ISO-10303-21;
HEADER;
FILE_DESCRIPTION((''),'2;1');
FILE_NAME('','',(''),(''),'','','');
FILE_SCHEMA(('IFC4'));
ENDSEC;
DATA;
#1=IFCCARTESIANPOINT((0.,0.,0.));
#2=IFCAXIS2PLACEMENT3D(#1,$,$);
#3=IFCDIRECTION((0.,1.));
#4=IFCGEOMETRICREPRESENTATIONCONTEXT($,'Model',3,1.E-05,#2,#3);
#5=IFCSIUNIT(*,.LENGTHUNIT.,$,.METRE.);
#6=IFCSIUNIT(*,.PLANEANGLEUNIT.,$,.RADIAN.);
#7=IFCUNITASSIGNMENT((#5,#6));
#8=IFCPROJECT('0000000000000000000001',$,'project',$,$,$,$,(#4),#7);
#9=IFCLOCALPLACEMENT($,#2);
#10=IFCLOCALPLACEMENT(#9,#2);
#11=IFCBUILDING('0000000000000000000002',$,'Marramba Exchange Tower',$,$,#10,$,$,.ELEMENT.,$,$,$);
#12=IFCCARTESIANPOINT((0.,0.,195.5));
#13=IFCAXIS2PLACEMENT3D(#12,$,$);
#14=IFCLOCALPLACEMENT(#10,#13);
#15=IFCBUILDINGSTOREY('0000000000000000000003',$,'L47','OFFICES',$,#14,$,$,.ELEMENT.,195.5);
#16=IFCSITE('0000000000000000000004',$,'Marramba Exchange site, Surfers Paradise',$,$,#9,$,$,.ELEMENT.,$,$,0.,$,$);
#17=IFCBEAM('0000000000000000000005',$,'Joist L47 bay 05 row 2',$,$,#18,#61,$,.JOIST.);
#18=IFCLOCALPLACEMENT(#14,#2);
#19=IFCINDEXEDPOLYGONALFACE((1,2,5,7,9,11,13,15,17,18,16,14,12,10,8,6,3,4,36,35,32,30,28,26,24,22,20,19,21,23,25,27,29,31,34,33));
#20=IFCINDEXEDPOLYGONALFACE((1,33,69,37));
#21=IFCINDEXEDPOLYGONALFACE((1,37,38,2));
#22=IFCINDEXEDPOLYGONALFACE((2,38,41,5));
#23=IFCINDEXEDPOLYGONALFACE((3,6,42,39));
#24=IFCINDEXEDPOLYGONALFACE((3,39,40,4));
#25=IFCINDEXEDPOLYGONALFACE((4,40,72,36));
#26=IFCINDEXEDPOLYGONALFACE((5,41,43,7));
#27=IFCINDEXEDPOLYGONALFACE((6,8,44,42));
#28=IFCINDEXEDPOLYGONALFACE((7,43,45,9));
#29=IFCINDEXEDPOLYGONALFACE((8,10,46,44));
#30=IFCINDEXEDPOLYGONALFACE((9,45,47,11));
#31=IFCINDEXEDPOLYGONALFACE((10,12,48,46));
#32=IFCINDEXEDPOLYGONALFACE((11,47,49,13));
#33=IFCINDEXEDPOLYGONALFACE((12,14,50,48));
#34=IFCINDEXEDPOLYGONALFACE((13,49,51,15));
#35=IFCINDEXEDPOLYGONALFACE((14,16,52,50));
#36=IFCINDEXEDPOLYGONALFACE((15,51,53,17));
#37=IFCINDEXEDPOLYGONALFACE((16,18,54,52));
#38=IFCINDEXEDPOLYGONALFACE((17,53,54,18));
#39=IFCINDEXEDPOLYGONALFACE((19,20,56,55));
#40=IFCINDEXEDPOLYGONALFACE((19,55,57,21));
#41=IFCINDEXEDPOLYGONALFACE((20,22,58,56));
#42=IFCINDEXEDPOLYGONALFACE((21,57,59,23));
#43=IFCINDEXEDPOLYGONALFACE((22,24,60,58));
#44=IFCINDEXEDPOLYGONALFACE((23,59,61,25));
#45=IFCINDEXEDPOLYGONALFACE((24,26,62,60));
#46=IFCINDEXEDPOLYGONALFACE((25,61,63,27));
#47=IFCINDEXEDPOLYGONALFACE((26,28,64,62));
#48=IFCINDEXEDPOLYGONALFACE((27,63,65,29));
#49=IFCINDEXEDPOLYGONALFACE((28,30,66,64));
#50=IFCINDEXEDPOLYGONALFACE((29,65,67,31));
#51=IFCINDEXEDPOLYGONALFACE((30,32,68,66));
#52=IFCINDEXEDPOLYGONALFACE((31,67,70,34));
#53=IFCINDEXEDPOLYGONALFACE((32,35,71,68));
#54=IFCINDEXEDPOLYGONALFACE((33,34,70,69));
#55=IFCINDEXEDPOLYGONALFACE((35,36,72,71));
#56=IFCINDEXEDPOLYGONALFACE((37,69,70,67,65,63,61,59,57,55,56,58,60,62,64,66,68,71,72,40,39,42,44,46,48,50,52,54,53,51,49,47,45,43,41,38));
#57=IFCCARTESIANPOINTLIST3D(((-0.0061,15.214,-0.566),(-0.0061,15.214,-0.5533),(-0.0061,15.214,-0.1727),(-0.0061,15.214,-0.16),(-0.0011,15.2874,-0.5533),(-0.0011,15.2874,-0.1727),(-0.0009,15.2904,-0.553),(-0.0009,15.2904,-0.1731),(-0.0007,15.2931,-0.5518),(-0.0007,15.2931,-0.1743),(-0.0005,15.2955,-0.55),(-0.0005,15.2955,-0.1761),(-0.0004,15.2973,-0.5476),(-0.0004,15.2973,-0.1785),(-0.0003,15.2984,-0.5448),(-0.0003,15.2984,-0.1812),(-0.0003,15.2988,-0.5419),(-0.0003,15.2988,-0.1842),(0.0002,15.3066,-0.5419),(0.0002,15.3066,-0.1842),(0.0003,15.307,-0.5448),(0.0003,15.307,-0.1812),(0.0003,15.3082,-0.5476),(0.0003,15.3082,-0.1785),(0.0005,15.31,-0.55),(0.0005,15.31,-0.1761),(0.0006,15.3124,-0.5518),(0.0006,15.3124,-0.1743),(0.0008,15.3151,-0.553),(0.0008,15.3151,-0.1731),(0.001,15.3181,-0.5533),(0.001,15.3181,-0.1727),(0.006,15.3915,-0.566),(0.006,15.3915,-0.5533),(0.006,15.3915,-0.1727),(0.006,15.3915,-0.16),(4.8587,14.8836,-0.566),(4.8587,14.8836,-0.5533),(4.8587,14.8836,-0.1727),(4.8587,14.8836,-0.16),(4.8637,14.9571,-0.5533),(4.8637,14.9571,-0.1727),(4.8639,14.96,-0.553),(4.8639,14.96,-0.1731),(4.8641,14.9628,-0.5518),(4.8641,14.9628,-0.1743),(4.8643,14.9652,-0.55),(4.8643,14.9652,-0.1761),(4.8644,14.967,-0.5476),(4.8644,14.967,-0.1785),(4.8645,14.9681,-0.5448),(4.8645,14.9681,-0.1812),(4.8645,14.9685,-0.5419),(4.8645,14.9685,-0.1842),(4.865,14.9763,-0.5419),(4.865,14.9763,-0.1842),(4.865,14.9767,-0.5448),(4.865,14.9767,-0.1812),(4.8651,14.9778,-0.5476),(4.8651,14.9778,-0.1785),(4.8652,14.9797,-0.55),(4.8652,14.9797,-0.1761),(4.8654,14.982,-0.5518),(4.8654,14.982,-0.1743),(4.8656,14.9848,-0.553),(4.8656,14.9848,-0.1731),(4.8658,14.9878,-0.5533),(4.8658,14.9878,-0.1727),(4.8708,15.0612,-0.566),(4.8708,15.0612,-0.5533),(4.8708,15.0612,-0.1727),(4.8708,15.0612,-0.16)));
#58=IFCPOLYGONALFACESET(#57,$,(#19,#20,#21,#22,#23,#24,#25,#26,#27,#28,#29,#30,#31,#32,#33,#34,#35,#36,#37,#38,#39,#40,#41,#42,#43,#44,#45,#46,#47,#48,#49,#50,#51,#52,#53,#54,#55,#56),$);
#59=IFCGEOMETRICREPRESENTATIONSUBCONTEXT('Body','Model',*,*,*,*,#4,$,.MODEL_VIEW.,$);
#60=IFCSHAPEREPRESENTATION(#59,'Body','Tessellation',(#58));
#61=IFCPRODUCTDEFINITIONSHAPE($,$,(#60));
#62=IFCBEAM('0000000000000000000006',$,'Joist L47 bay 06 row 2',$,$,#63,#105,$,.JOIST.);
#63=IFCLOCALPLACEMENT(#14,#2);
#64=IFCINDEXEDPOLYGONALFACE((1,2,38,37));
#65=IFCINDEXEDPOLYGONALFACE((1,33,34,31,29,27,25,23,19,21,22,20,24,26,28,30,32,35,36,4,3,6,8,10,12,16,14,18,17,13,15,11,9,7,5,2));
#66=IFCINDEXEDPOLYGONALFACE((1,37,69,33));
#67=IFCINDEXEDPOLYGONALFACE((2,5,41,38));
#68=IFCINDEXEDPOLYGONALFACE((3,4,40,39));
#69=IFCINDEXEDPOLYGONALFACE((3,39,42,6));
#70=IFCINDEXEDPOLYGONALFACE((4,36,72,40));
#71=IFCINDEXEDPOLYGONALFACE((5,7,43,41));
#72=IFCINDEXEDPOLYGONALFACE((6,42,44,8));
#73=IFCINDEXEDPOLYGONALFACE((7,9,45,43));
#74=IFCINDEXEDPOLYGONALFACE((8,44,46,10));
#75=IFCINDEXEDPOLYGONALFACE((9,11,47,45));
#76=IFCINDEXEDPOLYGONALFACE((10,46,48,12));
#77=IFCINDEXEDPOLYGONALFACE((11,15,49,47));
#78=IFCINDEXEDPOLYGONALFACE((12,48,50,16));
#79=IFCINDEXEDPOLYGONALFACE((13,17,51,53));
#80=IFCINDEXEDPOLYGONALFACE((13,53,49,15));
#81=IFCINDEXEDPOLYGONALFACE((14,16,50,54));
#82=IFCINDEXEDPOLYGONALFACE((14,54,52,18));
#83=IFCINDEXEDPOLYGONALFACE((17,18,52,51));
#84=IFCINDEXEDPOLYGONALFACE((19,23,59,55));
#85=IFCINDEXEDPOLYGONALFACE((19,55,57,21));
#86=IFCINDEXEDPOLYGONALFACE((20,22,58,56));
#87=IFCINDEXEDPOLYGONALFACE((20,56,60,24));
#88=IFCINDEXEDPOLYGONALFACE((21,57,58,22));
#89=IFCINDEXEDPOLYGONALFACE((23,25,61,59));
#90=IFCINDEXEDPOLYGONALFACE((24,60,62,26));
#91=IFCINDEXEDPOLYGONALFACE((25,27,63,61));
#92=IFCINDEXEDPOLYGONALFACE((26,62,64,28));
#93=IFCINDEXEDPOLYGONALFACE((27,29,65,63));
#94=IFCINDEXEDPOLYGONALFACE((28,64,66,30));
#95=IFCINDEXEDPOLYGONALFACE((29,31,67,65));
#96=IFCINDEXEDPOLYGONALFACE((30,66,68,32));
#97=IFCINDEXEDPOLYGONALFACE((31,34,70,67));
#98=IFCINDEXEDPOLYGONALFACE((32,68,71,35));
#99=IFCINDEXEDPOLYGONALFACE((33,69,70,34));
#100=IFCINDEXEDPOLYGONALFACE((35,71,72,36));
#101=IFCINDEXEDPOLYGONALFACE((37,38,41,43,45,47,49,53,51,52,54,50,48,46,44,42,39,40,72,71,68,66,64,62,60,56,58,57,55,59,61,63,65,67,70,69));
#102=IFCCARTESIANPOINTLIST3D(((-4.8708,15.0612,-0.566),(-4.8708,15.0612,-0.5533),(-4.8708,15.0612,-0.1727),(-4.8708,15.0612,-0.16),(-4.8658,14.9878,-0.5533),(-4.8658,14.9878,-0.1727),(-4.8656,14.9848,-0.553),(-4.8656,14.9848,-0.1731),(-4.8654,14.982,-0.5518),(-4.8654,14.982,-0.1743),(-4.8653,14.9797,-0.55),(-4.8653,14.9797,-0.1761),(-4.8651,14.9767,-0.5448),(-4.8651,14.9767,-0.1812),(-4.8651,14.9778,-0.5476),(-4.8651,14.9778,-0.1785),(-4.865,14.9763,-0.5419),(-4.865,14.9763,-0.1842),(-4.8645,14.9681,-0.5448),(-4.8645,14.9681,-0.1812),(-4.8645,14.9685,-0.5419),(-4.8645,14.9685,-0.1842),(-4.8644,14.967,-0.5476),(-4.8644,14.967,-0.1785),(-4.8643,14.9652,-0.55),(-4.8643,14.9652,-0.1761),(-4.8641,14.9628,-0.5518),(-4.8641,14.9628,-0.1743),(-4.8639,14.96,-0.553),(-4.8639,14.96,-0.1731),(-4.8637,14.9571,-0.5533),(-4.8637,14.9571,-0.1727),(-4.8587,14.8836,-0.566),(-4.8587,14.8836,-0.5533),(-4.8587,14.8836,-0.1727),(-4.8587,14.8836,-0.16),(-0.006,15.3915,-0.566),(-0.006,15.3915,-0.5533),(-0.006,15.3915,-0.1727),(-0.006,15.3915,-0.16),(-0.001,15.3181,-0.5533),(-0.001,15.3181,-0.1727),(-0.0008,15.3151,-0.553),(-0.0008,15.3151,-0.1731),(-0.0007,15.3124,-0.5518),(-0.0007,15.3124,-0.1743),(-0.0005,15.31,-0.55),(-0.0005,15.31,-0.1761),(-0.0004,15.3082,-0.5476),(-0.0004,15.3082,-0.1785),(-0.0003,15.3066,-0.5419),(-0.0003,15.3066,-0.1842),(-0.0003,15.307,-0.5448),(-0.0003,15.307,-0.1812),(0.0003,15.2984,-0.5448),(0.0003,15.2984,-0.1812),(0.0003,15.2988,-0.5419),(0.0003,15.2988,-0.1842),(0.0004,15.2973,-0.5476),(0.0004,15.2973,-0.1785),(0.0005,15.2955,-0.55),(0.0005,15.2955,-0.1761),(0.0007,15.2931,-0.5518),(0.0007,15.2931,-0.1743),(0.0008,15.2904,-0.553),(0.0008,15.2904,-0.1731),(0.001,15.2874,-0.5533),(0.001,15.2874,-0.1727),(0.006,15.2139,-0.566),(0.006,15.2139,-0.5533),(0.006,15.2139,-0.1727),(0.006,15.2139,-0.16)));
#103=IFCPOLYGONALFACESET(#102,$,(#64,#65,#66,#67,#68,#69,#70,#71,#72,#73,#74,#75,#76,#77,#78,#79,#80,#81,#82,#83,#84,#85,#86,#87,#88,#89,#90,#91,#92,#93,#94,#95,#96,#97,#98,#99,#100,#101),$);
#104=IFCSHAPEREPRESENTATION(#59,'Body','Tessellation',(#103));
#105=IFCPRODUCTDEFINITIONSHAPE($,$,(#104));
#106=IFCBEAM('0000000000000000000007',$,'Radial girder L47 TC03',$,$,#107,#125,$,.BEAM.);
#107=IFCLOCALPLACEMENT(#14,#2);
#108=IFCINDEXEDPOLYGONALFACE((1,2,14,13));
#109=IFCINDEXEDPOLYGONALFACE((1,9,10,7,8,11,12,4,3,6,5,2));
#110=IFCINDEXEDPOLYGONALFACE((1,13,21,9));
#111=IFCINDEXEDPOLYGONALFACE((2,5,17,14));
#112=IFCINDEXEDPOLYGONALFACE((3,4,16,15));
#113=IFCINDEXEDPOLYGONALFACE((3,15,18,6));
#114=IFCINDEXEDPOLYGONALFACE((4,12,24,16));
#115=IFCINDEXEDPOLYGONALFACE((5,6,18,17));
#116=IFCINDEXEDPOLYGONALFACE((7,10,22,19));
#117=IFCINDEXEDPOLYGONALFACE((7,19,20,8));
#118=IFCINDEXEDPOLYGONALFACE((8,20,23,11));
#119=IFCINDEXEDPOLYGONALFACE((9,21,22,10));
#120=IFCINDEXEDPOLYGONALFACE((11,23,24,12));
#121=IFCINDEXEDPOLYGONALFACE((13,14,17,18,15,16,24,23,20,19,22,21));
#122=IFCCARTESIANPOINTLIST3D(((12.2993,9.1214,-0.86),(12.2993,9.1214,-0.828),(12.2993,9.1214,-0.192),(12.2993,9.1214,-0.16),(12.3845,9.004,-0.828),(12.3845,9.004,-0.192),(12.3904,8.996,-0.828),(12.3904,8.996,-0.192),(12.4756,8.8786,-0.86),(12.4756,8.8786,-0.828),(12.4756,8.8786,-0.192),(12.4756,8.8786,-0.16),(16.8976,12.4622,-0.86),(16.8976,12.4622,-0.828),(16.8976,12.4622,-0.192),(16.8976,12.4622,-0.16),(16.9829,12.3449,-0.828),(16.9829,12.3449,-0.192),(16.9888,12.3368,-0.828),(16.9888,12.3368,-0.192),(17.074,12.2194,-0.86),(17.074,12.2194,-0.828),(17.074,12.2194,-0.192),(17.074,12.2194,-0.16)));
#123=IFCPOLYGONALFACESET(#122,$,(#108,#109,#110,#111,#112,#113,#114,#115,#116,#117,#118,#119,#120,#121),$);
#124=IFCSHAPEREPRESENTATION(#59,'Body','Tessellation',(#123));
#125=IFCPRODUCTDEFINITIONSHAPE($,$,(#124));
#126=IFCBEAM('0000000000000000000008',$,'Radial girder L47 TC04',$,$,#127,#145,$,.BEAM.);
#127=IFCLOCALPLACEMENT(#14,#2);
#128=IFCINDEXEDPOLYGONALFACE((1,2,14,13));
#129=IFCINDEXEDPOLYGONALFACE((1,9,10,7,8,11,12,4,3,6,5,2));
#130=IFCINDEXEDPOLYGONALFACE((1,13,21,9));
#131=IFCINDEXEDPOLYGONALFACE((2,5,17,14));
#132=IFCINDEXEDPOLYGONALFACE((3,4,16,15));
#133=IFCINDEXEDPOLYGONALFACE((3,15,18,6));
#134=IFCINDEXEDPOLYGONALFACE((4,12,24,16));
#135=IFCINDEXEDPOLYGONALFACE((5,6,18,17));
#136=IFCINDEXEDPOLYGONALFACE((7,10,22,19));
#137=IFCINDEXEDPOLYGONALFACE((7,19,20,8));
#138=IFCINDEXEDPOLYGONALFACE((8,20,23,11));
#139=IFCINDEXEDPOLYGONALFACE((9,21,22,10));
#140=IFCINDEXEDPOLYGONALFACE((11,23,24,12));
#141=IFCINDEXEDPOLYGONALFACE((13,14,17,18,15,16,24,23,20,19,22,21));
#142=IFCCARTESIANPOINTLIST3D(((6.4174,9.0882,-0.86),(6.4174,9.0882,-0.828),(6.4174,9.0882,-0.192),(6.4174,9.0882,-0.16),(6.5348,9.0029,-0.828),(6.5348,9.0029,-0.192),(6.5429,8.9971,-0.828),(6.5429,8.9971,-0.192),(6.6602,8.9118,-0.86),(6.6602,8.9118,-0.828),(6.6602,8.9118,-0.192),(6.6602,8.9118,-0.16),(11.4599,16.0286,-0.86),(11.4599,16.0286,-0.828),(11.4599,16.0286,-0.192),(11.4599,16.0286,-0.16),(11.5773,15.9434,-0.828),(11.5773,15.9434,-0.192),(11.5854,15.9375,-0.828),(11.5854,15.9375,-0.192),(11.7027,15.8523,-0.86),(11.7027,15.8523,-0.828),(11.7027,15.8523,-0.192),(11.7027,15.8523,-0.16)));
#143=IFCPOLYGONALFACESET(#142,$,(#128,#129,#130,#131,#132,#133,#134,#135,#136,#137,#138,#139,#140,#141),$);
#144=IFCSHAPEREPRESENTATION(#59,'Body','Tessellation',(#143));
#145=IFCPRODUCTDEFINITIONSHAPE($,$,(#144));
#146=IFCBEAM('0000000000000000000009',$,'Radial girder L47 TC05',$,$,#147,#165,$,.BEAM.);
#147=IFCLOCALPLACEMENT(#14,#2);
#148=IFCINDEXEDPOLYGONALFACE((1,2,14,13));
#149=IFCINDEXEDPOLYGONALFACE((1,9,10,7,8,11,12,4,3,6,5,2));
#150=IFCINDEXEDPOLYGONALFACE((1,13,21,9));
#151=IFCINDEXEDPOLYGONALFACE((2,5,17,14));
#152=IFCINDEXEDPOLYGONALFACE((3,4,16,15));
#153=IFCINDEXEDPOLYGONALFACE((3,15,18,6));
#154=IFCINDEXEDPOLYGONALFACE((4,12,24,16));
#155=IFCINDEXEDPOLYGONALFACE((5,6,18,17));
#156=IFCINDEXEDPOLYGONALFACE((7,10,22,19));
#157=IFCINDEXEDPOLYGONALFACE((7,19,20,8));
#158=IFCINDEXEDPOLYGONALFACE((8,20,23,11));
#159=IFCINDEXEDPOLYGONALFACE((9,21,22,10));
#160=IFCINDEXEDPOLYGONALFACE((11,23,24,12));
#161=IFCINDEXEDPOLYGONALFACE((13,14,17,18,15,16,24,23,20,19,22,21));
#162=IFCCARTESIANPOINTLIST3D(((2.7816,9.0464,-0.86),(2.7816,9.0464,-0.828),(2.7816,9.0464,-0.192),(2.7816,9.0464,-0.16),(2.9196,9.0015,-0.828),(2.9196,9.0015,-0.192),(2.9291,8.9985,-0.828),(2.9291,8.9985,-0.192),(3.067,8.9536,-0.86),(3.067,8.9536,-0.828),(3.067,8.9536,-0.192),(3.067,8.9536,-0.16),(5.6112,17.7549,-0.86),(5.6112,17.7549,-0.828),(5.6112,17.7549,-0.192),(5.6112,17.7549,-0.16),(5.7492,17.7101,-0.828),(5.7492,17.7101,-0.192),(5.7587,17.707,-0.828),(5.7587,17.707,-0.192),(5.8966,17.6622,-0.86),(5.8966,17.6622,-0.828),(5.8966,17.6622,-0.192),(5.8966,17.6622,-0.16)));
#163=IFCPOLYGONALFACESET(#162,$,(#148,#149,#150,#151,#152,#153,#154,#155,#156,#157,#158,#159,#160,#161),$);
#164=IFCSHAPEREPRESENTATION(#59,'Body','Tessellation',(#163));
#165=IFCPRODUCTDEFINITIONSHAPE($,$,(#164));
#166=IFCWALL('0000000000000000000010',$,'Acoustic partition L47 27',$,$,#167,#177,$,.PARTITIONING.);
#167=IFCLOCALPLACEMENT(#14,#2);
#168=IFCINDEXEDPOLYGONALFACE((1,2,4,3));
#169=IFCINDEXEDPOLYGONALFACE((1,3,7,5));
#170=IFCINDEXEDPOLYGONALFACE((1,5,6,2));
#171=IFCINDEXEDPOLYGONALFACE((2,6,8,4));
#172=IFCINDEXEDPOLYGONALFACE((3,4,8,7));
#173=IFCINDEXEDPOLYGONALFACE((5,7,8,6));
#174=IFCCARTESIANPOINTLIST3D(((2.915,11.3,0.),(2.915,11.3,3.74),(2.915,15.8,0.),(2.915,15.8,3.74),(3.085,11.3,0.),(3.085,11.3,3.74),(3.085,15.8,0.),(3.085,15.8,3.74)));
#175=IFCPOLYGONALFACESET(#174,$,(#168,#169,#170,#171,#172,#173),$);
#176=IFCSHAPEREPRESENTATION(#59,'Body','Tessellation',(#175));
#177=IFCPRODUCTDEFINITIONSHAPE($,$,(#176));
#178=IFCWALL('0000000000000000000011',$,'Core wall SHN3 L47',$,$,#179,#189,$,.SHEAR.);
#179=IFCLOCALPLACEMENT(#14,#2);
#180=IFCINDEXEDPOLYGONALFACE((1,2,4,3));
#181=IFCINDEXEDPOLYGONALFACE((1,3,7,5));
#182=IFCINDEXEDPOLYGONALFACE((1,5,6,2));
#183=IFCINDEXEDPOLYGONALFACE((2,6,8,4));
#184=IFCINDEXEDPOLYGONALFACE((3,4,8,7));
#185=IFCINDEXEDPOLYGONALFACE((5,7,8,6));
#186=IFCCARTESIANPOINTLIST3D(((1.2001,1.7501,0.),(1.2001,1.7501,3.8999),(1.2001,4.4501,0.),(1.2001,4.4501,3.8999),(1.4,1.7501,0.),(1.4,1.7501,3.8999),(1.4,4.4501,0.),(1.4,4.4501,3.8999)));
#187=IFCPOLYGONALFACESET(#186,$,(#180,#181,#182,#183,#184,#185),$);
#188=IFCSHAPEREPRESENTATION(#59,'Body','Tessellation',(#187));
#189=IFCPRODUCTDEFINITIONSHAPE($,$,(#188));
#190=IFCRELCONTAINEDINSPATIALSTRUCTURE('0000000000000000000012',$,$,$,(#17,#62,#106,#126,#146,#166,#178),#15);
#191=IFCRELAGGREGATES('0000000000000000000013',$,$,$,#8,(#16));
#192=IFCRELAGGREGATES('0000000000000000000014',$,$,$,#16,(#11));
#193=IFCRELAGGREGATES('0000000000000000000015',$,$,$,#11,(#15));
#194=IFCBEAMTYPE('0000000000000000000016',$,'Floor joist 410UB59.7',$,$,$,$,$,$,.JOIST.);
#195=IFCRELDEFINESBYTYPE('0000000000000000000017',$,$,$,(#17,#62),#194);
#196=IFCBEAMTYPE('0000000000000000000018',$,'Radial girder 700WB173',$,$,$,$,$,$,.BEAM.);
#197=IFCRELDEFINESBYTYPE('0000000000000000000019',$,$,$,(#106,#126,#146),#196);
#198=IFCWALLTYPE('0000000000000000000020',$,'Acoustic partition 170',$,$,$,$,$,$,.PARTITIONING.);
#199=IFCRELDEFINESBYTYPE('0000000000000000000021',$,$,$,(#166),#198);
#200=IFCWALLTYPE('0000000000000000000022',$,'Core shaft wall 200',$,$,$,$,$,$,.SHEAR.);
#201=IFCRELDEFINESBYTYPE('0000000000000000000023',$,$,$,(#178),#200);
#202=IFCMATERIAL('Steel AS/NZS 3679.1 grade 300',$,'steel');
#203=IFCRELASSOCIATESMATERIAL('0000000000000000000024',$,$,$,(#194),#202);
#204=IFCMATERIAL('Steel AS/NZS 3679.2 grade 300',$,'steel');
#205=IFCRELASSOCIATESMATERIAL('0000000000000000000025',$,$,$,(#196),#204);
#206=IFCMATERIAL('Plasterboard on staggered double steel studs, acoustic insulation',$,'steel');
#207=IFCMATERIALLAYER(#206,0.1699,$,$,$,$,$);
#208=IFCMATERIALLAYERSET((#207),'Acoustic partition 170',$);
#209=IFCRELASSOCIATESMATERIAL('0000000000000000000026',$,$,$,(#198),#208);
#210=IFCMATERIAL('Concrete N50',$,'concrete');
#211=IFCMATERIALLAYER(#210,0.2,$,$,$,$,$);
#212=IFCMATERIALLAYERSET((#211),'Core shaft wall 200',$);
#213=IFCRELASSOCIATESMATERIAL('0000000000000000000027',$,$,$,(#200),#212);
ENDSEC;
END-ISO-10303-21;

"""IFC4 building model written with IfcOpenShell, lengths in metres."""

from ifc_helpers import new_model, si_unit, direction, frame, frame_2d, origin, origin_2d, place, context, subcontext, project, spatial, rectangle, i_section, extrude, material, layer, layer_set, material_profile, profile_set, type_object, element, save


model = new_model("IFC4")

# Units and contexts
model_context = context("Model", 3, precision=1e-05, world=origin(), true_north=direction((0.0, 1.0)))
body_context = subcontext(model_context, "Body", "Model", "MODEL_VIEW")
ifc_project = project(units=[si_unit("LENGTHUNIT", "METRE"), si_unit("PLANEANGLEUNIT", "RADIAN")], contexts=[model_context])

# Site, building, storey
site_placement = place(None, origin())
site = spatial("IfcSite", under=ifc_project, at=site_placement, Name="Marramba Exchange site, Surfers Paradise", CompositionType="ELEMENT", RefElevation=0.0)
building_placement = place(site_placement, origin())
building = spatial("IfcBuilding", under=site, at=building_placement, Name="Marramba Exchange Tower", CompositionType="ELEMENT")
storey_placement = place(building_placement, frame((0.0, 0.0, 195.5)))
storey = spatial("IfcBuildingStorey", under=building, at=storey_placement, Name="L47", Description="OFFICES", CompositionType="ELEMENT", Elevation=195.5)

# Beams
ifc_material_1 = material(Name="Steel AS/NZS 3679.1 grade 300", Category="steel")
ifc_material_profile_1 = material_profile(ifc_material_1, i_section(OverallWidth=0.178, OverallDepth=0.406, WebThickness=0.0078, FlangeThickness=0.0127, FilletRadius=0.0115, at=origin_2d()), Name="410UB59.7")
ifc_profile_set_1 = profile_set([ifc_material_profile_1], Name="Steel AS/NZS 3679.1 grade 300")
beam_type_1 = type_object("IfcBeamType", Name="Floor joist 410UB59.7", PredefinedType="JOIST", material=ifc_profile_set_1)
for number, where, z_axis, x_axis, name in (
    (1, (4.8647, 14.9724, -0.363), (-0.997703, 0.067745, 0.0), (-0.067745, -0.997703, 0.0), "Joist L47 bay 05 row 2"),
    (2, (0.0, 15.3027, -0.363), (-0.997703, -0.067745, 0.0), (0.067745, -0.997703, 0.0), "Joist L47 bay 06 row 2"),
):
    element("IfcBeam", number, at=place(storey_placement, frame(where, z_axis=z_axis, x_axis=x_axis)), inside=storey, type_object=beam_type_1, Name=name, PredefinedType="JOIST", context=body_context, shape_type="SweptSolid", body=[
        extrude(i_section(OverallWidth=0.178, OverallDepth=0.406, WebThickness=0.0078, FlangeThickness=0.0127, FilletRadius=0.0115, at=origin_2d()), origin(), (0.0, 0.0, 1.0), 4.876),
    ])
ifc_material_2 = material(Name="Steel AS/NZS 3679.2 grade 300", Category="steel")
ifc_material_profile_2 = material_profile(ifc_material_2, i_section(OverallWidth=0.3, OverallDepth=0.7, WebThickness=0.01, FlangeThickness=0.032, at=origin_2d()), Name="700WB173")
ifc_profile_set_2 = profile_set([ifc_material_profile_2], Name="Steel AS/NZS 3679.2 grade 300")
beam_type_2 = type_object("IfcBeamType", Name="Radial girder 700WB173", PredefinedType="BEAM", material=ifc_profile_set_2)
beam_1_placement = place(storey_placement, frame((12.3875, 9.0, -0.51), z_axis=(0.809026, 0.587773, 0.0), x_axis=(-0.587773, 0.809026, 0.0)))
element("IfcBeam", 3, at=beam_1_placement, inside=storey, type_object=beam_type_2, Name="Radial girder L47 TC03", PredefinedType="BEAM", context=body_context, shape_type="SweptSolid", body=[
    extrude(i_section(OverallWidth=0.3, OverallDepth=0.7, WebThickness=0.01, FlangeThickness=0.032, at=origin_2d()), origin(), (0.0, 0.0, 1.0), 5.6838),
])
beam_2_placement = place(storey_placement, frame((6.5388, 9.0, -0.51), z_axis=(0.587782, 0.809019, 0.0), x_axis=(-0.809019, 0.587782, 0.0)))
element("IfcBeam", 4, at=beam_2_placement, inside=storey, type_object=beam_type_2, Name="Radial girder L47 TC04", PredefinedType="BEAM", context=body_context, shape_type="SweptSolid", body=[
    extrude(i_section(OverallWidth=0.3, OverallDepth=0.7, WebThickness=0.01, FlangeThickness=0.032, at=origin_2d()), origin(), (0.0, 0.0, 1.0), 8.5789),
])
beam_3_placement = place(storey_placement, frame((2.9243, 9.0, -0.51), z_axis=(0.30902, 0.951056, 0.0), x_axis=(-0.951056, 0.30902, 0.0)))
element("IfcBeam", 5, at=beam_3_placement, inside=storey, type_object=beam_type_2, Name="Radial girder L47 TC05", PredefinedType="BEAM", context=body_context, shape_type="SweptSolid", body=[
    extrude(i_section(OverallWidth=0.3, OverallDepth=0.7, WebThickness=0.01, FlangeThickness=0.032, at=origin_2d()), origin(), (0.0, 0.0, 1.0), 9.1567),
])

# Wall
ifc_material_3 = material(Name="Plasterboard on staggered double steel studs, acoustic insulation", Category="steel")
ifc_layer_1 = layer(ifc_material_3, 0.1699)
ifc_layer_set_1 = layer_set([ifc_layer_1], Name="Acoustic partition 170")
wall_type_1 = type_object("IfcWallType", Name="Acoustic partition 170", PredefinedType="PARTITIONING", material=ifc_layer_set_1)
wall_1_placement = place(storey_placement, frame((3.0, 15.8, 0.0), z_axis=(0.0, 0.0, 1.0), x_axis=(0.0, -1.0, 0.0)))
element("IfcWall", 6, at=wall_1_placement, inside=storey, type_object=wall_type_1, Name="Acoustic partition L47 27", PredefinedType="PARTITIONING", context=body_context, shape_type="SweptSolid", body=[
    extrude(rectangle(XDim=4.5, YDim=0.1699, at=frame_2d((2.25, 0.0))), origin(), (0.0, 0.0, 1.0), 3.74),
])

# Wall
ifc_material_4 = material(Name="Concrete N50", Category="concrete")
ifc_layer_2 = layer(ifc_material_4, 0.2)
ifc_layer_set_2 = layer_set([ifc_layer_2], Name="Core shaft wall 200")
wall_type_2 = type_object("IfcWallType", Name="Core shaft wall 200", PredefinedType="SHEAR", material=ifc_layer_set_2)
for number, where, z_axis, x_axis, name in (
    (7, (1.3, 1.75, 0.0), (0.0, 0.0, 1.0), (0.0, 1.0, 0.0), "Core wall SHN3 L47"),
):
    element("IfcWall", number, at=place(storey_placement, frame(where, z_axis=z_axis, x_axis=x_axis)), inside=storey, type_object=wall_type_2, Name=name, PredefinedType="SHEAR", context=body_context, shape_type="SweptSolid", body=[
        extrude(rectangle(XDim=2.7, YDim=0.2, at=frame_2d((1.3501, 0.0))), origin(), (0.0, 0.0, 1.0), 3.8999),
    ])

save(model, "model.ifc")
